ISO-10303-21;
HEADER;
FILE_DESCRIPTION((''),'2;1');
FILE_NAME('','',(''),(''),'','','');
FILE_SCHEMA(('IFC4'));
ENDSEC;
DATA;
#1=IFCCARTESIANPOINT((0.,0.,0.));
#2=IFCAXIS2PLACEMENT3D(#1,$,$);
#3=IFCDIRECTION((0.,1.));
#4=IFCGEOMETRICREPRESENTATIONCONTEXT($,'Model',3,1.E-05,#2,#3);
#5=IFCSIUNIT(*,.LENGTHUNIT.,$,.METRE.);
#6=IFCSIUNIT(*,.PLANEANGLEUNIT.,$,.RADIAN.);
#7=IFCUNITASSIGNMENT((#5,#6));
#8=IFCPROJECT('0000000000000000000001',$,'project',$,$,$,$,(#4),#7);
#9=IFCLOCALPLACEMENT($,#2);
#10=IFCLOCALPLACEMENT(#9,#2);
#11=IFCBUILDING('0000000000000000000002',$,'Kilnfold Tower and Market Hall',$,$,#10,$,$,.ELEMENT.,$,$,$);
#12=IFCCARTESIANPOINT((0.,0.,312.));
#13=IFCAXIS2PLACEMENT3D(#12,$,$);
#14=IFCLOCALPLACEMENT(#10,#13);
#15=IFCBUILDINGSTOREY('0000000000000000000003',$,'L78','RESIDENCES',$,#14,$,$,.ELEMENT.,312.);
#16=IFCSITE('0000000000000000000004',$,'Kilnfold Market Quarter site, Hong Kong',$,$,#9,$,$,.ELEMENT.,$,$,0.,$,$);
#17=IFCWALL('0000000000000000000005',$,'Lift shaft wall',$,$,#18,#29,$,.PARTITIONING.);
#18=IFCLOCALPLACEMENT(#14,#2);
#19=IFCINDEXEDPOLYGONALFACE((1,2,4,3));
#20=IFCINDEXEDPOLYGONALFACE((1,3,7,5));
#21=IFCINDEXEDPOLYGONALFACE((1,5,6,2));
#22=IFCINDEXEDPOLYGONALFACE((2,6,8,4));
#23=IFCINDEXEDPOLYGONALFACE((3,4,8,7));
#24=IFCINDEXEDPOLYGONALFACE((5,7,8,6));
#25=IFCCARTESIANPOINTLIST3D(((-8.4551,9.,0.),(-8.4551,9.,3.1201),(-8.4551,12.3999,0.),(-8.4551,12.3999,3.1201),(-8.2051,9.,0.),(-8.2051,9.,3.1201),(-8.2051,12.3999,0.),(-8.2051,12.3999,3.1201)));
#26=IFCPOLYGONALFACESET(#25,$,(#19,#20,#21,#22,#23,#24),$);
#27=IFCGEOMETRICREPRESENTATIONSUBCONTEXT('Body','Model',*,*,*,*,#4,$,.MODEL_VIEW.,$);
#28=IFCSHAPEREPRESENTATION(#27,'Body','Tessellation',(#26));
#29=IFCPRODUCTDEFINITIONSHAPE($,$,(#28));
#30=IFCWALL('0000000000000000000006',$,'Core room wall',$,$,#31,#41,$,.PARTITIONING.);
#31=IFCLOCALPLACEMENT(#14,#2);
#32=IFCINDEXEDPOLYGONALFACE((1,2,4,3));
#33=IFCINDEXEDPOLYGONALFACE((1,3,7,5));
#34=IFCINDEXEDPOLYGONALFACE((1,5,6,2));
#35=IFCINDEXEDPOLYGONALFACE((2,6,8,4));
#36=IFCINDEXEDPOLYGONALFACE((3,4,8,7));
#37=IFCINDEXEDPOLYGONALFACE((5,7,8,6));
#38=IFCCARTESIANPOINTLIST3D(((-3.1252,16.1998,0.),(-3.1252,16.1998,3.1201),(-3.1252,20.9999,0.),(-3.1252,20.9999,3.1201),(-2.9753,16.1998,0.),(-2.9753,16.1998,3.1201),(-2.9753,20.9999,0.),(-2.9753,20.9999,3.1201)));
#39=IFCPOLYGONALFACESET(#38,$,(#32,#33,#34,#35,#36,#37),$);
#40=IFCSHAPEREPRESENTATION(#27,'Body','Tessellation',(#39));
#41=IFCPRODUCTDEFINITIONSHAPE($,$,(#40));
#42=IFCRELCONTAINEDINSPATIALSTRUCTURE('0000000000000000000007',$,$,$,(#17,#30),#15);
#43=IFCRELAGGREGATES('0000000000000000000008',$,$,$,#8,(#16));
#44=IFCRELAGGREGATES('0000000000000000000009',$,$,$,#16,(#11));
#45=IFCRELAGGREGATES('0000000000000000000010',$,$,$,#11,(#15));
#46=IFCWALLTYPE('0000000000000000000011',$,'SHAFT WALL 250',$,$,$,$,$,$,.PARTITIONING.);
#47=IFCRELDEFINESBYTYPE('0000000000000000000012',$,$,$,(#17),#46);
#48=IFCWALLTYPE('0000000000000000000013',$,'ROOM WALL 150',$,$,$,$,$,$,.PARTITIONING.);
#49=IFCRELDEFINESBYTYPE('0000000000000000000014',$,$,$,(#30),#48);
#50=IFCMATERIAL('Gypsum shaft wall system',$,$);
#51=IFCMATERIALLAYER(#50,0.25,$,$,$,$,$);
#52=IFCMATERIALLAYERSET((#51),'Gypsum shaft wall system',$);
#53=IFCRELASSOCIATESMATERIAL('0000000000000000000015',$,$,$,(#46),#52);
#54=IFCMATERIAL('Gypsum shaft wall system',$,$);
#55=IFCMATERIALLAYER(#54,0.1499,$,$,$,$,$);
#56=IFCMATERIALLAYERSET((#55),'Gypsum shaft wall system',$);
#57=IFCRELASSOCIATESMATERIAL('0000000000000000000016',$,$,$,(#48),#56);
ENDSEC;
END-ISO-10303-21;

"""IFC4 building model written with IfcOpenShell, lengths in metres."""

from ifc_helpers import new_model, si_unit, direction, frame, frame_2d, origin, place, context, subcontext, project, spatial, rectangle, extrude, source, transform, mapped, material, layer, layer_set, type_object, element, save


model = new_model("IFC4")

# Units and contexts
model_context = context("Model", 3, precision=1e-05, world=origin(), true_north=direction((0.0, 1.0)))
body_context = subcontext(model_context, "Body", "Model", "MODEL_VIEW")
ifc_project = project(units=[si_unit("LENGTHUNIT", "METRE"), si_unit("PLANEANGLEUNIT", "RADIAN")], contexts=[model_context])

# Site, building, storey
site_placement = place(None, origin())
site = spatial("IfcSite", under=ifc_project, at=site_placement, Name="Kilnfold Market Quarter site, Hong Kong", CompositionType="ELEMENT", RefElevation=0.0)
building_placement = place(site_placement, origin())
building = spatial("IfcBuilding", under=site, at=building_placement, Name="Kilnfold Tower and Market Hall", CompositionType="ELEMENT")
storey_placement = place(building_placement, frame((0.0, 0.0, 312.0)))
storey = spatial("IfcBuildingStorey", under=building, at=storey_placement, Name="L78", Description="RESIDENCES", CompositionType="ELEMENT", Elevation=312.0)

# Walls
ifc_material_1 = material(Name="Gypsum shaft wall system")
ifc_layer_1 = layer(ifc_material_1, 0.25)
ifc_layer_set_1 = layer_set([ifc_layer_1], Name="Gypsum shaft wall system")
wall_type_1 = type_object("IfcWallType", Name="SHAFT WALL 250", PredefinedType="PARTITIONING", material=ifc_layer_set_1)
shared_shape_1 = source(origin(), body_context, "Body", "SweptSolid", [
    extrude(rectangle(XDim=3.3999, YDim=0.25, at=frame_2d((1.7, 0.0))), origin(), (0.0, 0.0, 1.0), 3.1201),
])
for number, where, z_axis, x_axis, name in (
    (1, (-8.3301, 9.0, 0.0), (0.0, 0.0, 1.0), (0.0, 1.0, 0.0), "Lift shaft wall"),
):
    element("IfcWall", number, at=place(storey_placement, frame(where, z_axis=z_axis, x_axis=x_axis)), inside=storey, type_object=wall_type_1, Name=name, PredefinedType="PARTITIONING", context=body_context, shape_type="MappedRepresentation", body=[
        mapped(shared_shape_1, transform((0.0, 0.0, 0.0))),
    ])
ifc_material_2 = material(Name="Gypsum shaft wall system")
ifc_layer_2 = layer(ifc_material_2, 0.1499)
ifc_layer_set_2 = layer_set([ifc_layer_2], Name="Gypsum shaft wall system")
wall_type_2 = type_object("IfcWallType", Name="ROOM WALL 150", PredefinedType="PARTITIONING", material=ifc_layer_set_2)
shared_shape_2 = source(origin(), body_context, "Body", "SweptSolid", [
    extrude(rectangle(XDim=4.8, YDim=0.1499, at=frame_2d((2.3999, 0.0))), origin(), (0.0, 0.0, 1.0), 3.1201),
])
wall_1_placement = place(storey_placement, frame((-3.0503, 16.2, 0.0), z_axis=(0.0, 0.0, 1.0), x_axis=(0.0, 1.0, 0.0)))
element("IfcWall", 2, at=wall_1_placement, inside=storey, type_object=wall_type_2, Name="Core room wall", PredefinedType="PARTITIONING", context=body_context, shape_type="MappedRepresentation", body=[
    mapped(shared_shape_2, transform((0.0, 0.0, 0.0))),
])

save(model, "model.ifc")
